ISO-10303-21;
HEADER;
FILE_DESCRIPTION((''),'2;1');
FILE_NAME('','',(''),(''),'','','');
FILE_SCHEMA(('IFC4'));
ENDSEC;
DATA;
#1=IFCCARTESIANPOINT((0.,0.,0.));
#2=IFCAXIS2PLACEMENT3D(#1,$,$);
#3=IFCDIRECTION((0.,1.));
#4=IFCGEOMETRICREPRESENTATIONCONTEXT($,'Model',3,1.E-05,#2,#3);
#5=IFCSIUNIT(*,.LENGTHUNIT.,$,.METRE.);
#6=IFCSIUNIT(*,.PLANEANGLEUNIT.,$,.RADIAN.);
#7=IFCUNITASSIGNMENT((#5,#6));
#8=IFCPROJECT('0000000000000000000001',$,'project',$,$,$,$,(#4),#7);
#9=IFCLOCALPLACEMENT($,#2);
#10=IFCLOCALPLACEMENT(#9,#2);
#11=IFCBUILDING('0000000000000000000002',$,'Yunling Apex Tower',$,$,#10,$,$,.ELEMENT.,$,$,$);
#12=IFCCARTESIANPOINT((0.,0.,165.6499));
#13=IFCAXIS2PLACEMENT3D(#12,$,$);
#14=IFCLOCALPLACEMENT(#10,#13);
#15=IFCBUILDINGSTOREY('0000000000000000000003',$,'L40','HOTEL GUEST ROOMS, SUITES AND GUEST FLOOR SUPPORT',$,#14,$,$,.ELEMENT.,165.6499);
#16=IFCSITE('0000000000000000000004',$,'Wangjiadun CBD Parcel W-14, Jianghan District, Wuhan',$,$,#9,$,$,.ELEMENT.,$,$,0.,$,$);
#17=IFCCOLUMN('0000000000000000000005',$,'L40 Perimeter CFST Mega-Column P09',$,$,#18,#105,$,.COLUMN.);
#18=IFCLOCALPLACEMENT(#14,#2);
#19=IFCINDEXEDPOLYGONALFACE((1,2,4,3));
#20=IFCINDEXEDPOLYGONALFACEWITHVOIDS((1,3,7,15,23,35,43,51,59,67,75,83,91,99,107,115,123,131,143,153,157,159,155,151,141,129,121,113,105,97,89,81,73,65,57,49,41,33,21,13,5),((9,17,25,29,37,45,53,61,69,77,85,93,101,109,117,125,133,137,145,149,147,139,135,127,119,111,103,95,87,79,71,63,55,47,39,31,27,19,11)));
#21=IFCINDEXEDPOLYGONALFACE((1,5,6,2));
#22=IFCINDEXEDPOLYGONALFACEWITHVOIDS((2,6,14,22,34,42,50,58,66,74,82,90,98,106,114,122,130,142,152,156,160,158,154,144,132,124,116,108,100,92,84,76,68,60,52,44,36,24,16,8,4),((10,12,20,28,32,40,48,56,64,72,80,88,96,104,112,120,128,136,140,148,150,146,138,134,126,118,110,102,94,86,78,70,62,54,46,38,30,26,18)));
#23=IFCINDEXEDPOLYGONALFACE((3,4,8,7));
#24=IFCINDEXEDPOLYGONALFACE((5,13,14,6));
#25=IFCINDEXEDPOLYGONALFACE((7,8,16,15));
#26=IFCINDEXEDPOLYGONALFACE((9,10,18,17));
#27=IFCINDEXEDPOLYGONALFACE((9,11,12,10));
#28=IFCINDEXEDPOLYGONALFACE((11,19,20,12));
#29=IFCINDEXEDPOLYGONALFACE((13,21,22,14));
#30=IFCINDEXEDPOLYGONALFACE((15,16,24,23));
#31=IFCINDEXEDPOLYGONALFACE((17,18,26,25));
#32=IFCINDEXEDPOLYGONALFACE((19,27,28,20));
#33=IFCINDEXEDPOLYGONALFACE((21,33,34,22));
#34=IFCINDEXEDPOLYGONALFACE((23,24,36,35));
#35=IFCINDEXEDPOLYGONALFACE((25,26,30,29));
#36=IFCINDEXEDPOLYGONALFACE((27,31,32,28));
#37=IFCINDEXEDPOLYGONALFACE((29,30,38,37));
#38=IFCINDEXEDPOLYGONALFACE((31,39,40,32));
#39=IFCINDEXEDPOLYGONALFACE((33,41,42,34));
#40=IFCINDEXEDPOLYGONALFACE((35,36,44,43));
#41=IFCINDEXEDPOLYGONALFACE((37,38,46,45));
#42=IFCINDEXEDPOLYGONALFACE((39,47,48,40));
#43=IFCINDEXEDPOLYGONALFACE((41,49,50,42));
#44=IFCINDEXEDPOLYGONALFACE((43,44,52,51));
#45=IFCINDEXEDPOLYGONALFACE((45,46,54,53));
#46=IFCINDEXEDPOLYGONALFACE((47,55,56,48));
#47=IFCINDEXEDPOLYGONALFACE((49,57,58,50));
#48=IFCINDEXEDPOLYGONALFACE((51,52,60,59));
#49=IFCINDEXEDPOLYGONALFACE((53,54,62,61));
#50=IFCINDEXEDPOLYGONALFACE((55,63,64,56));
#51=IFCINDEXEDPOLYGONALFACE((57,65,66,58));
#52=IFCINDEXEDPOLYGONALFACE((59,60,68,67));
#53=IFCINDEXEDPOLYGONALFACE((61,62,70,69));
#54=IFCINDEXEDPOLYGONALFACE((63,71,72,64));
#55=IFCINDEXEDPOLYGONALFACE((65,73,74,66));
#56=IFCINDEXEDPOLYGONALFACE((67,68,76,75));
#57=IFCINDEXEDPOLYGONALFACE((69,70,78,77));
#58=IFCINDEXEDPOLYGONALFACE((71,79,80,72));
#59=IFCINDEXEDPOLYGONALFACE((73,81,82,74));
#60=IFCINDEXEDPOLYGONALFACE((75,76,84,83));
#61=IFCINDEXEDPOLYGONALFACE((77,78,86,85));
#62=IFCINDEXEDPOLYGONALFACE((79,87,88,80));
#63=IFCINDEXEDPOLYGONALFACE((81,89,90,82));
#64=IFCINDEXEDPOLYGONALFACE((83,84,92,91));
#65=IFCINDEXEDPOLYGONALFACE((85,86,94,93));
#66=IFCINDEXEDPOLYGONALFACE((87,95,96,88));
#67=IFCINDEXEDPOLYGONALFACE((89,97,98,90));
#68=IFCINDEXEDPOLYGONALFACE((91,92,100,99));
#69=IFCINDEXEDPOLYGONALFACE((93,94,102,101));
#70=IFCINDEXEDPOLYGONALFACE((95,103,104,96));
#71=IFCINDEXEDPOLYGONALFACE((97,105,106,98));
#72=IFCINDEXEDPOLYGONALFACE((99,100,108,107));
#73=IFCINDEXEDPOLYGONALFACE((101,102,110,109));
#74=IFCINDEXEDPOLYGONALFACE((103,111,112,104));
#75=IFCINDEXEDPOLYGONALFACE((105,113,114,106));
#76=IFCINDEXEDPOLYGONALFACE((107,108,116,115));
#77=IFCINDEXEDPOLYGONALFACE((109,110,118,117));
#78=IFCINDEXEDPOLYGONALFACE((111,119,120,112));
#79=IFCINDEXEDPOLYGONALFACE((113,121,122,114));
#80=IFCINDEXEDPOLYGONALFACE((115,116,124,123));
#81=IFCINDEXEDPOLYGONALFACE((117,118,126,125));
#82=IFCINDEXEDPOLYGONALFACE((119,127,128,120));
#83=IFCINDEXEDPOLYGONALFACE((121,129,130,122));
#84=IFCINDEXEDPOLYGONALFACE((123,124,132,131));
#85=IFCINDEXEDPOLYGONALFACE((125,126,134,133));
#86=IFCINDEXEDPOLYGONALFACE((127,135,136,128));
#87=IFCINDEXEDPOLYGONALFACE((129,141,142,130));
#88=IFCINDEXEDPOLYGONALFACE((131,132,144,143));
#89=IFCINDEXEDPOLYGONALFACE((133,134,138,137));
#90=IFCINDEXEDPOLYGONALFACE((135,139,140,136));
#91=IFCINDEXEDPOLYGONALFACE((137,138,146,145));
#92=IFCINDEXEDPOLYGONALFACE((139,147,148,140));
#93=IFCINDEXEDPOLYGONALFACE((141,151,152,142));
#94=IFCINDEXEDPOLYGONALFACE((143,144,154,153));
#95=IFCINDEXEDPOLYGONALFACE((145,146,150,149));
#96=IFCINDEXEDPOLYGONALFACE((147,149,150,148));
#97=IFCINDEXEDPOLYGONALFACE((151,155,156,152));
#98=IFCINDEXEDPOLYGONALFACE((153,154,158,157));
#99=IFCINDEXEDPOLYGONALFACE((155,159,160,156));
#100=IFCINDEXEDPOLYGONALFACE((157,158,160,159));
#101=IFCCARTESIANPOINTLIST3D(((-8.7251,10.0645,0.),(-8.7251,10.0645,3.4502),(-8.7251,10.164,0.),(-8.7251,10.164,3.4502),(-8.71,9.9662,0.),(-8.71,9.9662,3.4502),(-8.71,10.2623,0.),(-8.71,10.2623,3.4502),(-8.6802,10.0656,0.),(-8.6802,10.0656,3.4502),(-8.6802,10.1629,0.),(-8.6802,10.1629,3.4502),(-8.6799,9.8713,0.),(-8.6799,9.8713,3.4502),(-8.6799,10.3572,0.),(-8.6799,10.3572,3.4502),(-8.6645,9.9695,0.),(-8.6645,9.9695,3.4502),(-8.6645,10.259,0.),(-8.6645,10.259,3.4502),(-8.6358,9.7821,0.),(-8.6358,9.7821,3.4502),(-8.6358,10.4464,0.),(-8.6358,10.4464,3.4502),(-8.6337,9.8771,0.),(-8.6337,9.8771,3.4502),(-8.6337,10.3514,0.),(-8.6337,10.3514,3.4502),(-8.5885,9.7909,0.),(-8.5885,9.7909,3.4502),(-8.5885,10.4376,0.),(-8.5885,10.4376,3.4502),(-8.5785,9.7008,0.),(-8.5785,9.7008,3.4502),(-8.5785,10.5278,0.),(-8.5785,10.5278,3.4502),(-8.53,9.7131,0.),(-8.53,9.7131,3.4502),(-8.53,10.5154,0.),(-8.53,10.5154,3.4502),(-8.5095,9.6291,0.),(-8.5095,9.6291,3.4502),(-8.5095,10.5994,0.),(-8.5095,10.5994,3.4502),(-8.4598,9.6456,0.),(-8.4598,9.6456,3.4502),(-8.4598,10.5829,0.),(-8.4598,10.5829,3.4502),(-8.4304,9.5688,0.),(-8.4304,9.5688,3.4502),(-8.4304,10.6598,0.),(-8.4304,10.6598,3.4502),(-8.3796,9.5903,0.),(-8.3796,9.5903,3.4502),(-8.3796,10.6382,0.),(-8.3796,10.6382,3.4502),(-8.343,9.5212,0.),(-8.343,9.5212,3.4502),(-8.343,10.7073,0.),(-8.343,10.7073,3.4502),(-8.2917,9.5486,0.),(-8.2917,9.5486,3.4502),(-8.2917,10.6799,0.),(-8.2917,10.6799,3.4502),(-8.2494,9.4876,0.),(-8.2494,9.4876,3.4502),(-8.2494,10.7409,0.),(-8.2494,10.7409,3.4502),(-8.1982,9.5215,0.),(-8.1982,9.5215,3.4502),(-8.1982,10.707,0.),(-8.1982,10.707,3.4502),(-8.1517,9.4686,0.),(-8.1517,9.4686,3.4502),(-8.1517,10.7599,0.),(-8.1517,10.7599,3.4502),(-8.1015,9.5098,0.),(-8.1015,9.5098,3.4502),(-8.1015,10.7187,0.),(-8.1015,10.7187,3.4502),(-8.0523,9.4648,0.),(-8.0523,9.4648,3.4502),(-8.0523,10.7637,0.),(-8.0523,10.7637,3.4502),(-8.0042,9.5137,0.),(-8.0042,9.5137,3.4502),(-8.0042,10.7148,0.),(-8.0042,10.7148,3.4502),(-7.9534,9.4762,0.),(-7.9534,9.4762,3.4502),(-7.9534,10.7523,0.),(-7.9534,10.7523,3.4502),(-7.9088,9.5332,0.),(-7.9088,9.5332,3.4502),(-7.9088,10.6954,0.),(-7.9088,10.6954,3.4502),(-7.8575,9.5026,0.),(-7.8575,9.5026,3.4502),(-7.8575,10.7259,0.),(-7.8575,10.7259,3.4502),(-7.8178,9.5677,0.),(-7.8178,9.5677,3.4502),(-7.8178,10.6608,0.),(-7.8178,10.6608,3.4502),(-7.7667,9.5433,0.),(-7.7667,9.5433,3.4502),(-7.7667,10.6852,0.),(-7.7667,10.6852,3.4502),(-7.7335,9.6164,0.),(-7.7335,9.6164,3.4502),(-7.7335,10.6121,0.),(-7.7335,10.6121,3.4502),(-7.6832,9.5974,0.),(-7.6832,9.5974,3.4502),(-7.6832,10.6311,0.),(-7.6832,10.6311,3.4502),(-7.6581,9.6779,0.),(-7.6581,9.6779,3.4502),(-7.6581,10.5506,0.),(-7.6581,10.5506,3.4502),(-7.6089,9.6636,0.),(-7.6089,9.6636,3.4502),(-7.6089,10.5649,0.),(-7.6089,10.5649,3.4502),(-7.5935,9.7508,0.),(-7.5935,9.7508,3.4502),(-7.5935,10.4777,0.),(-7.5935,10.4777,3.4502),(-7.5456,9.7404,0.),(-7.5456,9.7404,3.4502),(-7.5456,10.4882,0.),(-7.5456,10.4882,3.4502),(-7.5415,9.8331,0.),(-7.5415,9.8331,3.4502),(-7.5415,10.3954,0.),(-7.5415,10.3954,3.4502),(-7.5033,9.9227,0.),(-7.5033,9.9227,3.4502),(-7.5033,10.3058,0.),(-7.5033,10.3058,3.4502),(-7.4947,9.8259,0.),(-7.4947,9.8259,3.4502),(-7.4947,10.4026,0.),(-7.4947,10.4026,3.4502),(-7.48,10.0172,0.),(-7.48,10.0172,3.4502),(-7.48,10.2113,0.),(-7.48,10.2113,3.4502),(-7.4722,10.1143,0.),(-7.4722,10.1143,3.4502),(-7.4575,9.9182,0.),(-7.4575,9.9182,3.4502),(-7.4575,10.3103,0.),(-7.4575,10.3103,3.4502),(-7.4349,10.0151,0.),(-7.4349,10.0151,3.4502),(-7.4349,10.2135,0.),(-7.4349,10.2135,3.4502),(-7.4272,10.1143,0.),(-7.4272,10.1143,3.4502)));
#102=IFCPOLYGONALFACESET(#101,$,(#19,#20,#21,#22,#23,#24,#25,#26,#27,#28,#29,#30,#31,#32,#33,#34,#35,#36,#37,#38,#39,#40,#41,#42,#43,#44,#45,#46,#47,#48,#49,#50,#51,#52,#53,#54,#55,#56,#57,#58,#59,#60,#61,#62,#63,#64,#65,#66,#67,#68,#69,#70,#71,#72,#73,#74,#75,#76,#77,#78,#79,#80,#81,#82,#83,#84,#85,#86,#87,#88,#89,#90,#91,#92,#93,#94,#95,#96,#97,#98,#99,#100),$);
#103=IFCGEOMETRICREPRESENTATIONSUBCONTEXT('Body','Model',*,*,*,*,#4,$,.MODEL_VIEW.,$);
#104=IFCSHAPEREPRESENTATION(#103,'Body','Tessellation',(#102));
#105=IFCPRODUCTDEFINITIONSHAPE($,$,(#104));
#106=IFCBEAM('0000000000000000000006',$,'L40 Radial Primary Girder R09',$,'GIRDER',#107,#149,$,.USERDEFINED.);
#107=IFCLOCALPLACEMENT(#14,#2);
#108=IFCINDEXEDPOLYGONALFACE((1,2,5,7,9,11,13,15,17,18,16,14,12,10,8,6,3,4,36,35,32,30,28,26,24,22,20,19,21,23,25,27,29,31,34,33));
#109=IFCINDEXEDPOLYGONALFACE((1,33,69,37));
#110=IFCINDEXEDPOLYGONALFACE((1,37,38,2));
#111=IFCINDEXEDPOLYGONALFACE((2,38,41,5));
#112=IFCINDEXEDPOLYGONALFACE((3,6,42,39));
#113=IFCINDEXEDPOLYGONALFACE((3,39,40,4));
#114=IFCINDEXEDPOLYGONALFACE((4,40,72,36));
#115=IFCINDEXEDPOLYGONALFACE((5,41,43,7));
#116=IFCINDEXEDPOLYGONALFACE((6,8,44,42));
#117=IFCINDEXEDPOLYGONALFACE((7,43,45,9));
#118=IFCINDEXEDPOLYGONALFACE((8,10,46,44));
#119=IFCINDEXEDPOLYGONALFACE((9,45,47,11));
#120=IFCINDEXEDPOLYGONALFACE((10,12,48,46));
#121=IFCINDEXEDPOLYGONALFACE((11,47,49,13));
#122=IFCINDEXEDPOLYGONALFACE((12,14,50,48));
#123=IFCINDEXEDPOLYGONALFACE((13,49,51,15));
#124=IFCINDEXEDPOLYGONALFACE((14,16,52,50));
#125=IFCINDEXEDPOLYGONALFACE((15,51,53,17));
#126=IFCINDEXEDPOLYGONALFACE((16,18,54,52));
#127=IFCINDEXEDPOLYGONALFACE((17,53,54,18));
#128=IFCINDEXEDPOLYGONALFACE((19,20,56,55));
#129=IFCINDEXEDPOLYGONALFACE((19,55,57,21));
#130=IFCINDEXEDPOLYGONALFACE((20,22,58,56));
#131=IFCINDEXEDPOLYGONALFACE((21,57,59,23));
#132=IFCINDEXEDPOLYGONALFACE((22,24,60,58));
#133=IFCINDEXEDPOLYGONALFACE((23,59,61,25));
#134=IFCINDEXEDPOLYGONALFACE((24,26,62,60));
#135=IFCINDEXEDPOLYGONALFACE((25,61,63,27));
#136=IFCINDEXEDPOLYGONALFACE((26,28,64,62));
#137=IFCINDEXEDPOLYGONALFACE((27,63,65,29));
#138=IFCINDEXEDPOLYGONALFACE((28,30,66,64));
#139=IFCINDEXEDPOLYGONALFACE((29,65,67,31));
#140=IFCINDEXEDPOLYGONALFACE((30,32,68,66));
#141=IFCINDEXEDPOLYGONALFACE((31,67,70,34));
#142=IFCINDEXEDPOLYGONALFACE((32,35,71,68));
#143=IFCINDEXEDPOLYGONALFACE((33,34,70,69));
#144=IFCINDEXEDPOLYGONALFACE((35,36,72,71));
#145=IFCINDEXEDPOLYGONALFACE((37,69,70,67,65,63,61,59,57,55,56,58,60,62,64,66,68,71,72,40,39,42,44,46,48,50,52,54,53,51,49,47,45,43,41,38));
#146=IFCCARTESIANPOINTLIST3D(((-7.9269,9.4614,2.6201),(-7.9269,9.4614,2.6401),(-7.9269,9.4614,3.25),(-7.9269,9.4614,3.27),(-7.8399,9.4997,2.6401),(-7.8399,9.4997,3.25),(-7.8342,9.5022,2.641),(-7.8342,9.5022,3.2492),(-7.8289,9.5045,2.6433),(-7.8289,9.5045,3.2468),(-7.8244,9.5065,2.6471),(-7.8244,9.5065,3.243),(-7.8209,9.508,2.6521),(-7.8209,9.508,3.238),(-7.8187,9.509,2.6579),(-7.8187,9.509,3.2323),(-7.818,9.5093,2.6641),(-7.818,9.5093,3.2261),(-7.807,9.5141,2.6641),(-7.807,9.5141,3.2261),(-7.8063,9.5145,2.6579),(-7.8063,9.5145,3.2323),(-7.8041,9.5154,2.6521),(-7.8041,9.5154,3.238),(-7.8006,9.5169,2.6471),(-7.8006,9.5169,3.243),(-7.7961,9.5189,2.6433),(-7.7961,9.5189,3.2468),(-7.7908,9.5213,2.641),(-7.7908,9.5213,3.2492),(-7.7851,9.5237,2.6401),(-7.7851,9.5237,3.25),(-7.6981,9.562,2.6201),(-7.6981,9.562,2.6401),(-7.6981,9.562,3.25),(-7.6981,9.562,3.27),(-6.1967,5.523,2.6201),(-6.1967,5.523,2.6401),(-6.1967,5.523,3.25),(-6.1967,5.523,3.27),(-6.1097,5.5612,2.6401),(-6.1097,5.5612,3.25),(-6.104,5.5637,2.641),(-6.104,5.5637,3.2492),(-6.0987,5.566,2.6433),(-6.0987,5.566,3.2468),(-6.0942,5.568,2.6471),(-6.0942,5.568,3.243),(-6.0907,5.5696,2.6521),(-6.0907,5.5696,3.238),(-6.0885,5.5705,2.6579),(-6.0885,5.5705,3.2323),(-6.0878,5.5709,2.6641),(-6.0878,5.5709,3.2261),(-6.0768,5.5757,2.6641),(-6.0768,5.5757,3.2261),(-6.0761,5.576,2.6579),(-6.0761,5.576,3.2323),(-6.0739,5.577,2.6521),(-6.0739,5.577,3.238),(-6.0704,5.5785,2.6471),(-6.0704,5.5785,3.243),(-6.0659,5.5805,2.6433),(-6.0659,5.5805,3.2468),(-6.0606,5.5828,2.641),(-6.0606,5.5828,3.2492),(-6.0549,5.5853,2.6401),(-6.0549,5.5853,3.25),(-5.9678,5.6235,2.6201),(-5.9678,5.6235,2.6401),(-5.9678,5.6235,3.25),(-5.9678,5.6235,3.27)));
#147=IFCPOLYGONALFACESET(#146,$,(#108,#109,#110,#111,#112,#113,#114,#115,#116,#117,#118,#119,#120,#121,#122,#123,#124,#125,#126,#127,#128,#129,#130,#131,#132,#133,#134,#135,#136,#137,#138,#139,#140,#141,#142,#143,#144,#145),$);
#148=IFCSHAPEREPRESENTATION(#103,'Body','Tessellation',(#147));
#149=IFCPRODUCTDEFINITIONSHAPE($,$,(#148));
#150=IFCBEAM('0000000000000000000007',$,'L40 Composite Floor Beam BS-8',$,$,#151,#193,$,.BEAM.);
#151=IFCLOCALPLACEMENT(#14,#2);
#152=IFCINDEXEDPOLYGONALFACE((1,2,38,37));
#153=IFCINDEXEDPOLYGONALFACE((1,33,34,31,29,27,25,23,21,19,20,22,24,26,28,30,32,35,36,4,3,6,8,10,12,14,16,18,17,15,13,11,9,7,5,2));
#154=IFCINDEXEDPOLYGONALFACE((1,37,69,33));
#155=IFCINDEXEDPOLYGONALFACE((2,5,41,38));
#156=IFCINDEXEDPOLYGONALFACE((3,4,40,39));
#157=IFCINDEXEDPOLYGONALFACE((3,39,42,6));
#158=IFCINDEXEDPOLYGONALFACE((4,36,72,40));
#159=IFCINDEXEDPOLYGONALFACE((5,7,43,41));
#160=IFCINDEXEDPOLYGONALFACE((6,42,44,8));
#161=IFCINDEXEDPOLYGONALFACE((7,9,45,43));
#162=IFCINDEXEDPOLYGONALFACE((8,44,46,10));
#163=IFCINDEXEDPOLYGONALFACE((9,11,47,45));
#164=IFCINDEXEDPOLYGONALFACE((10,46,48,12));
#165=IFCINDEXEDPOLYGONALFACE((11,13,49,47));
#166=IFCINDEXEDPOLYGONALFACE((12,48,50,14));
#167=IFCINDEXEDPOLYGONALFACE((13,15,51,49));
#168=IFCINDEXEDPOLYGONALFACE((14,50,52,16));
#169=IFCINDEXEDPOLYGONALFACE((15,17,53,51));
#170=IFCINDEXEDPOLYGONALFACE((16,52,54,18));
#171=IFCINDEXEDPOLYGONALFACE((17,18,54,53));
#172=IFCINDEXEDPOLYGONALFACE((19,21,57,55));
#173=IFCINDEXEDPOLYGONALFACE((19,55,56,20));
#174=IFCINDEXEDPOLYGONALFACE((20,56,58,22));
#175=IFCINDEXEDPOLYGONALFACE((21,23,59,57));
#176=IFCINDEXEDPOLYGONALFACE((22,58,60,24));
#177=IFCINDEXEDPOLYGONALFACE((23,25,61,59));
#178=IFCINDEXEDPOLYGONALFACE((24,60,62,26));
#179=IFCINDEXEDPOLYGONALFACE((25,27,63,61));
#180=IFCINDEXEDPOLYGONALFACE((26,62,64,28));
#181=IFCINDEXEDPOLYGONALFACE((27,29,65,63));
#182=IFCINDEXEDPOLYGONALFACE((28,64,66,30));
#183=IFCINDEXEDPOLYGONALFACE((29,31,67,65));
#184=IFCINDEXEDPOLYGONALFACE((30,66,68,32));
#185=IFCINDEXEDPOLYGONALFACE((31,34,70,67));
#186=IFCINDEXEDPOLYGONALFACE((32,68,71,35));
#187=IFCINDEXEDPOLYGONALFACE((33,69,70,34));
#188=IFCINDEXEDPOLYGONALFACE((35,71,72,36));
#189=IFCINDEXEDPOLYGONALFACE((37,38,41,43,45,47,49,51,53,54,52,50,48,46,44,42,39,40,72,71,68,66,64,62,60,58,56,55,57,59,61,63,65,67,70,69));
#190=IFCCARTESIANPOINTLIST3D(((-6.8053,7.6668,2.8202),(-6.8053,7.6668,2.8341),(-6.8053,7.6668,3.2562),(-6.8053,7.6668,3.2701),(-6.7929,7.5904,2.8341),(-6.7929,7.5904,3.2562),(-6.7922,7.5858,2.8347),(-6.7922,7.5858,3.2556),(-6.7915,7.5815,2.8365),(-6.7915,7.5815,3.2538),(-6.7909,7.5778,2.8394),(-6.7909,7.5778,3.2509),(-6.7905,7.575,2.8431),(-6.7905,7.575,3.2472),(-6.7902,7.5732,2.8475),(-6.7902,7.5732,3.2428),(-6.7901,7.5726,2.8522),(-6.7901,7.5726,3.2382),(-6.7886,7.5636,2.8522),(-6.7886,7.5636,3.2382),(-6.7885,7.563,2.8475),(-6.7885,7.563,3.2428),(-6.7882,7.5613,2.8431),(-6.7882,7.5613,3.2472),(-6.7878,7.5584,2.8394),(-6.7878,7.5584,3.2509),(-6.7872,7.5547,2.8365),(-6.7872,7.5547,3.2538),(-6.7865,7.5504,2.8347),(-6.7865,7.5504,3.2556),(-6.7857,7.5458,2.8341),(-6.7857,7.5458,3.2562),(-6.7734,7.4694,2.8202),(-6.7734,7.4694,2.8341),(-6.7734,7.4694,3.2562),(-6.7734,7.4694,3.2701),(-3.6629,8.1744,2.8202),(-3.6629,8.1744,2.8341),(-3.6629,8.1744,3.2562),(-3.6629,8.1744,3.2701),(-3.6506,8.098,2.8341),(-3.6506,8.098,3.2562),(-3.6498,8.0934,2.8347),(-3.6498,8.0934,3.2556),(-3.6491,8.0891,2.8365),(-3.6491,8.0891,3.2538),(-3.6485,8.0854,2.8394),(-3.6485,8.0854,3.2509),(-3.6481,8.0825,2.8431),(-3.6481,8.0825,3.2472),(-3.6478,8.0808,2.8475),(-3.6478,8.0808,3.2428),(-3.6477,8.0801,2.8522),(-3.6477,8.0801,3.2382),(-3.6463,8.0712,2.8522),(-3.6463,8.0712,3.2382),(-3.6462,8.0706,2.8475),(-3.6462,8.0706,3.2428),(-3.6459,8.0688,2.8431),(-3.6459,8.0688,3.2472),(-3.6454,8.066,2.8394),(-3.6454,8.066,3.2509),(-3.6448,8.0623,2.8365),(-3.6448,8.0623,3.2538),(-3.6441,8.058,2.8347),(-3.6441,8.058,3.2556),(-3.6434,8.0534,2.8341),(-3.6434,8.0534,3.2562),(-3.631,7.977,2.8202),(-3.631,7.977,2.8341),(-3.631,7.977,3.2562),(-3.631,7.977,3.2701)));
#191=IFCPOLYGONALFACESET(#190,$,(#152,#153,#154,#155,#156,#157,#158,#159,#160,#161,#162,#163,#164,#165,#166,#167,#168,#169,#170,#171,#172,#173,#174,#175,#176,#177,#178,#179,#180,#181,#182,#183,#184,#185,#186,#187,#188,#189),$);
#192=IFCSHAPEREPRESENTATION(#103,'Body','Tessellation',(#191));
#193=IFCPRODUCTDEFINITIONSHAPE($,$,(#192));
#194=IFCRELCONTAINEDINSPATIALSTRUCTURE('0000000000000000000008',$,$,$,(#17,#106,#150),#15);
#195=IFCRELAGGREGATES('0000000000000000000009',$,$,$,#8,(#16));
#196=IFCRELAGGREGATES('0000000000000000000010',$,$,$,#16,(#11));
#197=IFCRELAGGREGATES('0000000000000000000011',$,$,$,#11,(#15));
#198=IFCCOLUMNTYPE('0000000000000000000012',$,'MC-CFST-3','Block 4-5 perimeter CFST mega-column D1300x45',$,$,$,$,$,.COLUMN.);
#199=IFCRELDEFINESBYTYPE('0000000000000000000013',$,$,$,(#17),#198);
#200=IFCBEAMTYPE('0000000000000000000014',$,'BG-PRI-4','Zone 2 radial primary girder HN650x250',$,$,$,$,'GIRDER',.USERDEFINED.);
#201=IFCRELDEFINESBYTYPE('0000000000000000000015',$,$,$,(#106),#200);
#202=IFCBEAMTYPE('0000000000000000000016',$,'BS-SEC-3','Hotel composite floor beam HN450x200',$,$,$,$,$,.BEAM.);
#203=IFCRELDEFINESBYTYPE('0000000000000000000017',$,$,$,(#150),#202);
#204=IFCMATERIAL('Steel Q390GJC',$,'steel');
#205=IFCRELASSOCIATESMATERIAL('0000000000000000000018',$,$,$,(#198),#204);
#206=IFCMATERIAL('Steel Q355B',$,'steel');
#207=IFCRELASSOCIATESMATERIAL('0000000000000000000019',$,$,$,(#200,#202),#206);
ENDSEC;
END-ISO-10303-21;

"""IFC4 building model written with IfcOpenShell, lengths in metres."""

from ifc_helpers import new_model, si_unit, direction, frame, origin, origin_2d, place, context, subcontext, project, spatial, hollow_circle, i_section, extrude, source, transform, mapped, material, material_profile, profile_set, type_object, element, save


model = new_model("IFC4")

# Units and contexts
model_context = context("Model", 3, precision=1e-05, world=origin(), true_north=direction((0.0, 1.0)))
body_context = subcontext(model_context, "Body", "Model", "MODEL_VIEW")
ifc_project = project(units=[si_unit("LENGTHUNIT", "METRE"), si_unit("PLANEANGLEUNIT", "RADIAN")], contexts=[model_context])

# Site, building, storey
site_placement = place(None, origin())
site = spatial("IfcSite", under=ifc_project, at=site_placement, Name="Wangjiadun CBD Parcel W-14, Jianghan District, Wuhan", CompositionType="ELEMENT", RefElevation=0.0)
building_placement = place(site_placement, origin())
building = spatial("IfcBuilding", under=site, at=building_placement, Name="Yunling Apex Tower", CompositionType="ELEMENT")
storey_placement = place(building_placement, frame((0.0, 0.0, 165.6499)))
storey = spatial("IfcBuildingStorey", under=building, at=storey_placement, Name="L40", Description="HOTEL GUEST ROOMS, SUITES AND GUEST FLOOR SUPPORT", CompositionType="ELEMENT", Elevation=165.6499)

# Column
ifc_material_1 = material(Name="Steel Q390GJC", Category="steel")
ifc_material_profile_1 = material_profile(ifc_material_1, hollow_circle(Radius=0.6499, WallThickness=0.0449, at=origin_2d()))
ifc_profile_set_1 = profile_set([ifc_material_profile_1], Name="Steel Q390GJC")
column_type = type_object("IfcColumnType", Name="MC-CFST-3", Description="Block 4-5 perimeter CFST mega-column D1300x45", PredefinedType="COLUMN", material=ifc_profile_set_1)
shared_shape_1 = source(origin(), body_context, "Body", "SweptSolid", [
    extrude(hollow_circle(Radius=0.6499, WallThickness=0.0449, at=origin_2d()), origin(), (0.0, 0.0, 1.0), 3.4502),
])
column_placement = place(storey_placement, frame((-8.0771, 10.1143, 0.0), z_axis=(0.0, 0.0, 1.0), x_axis=(1.0, 0.0, 0.0)))
element("IfcColumn", 1, at=column_placement, inside=storey, type_object=column_type, Name="L40 Perimeter CFST Mega-Column P09", PredefinedType="COLUMN", context=body_context, shape_type="MappedRepresentation", body=[
    mapped(shared_shape_1, transform((0.0, 0.0, 0.0), scale=1.0)),
])

# Beams
ifc_material_2 = material(Name="Steel Q355B", Category="steel")
ifc_material_profile_2 = material_profile(ifc_material_2, i_section(OverallWidth=0.25, OverallDepth=0.6499, WebThickness=0.012, FlangeThickness=0.02, FilletRadius=0.0239, at=origin_2d()))
ifc_profile_set_2 = profile_set([ifc_material_profile_2], Name="Steel Q355B")
beam_type_1 = type_object("IfcBeamType", Name="BG-PRI-4", Description="Zone 2 radial primary girder HN650x250", ElementType="GIRDER", PredefinedType="USERDEFINED", material=ifc_profile_set_2)
shared_shape_2 = source(origin(), body_context, "Body", "SweptSolid", [
    extrude(i_section(OverallWidth=0.25, OverallDepth=0.6499, WebThickness=0.012, FlangeThickness=0.02, FilletRadius=0.0239, at=origin_2d()), origin(), (0.0, 0.0, 1.0), 4.3018),
])
beam_1_placement = place(storey_placement, frame((-7.8125, 9.5117, 2.9451), z_axis=(0.402212, -0.915547, 0.0), x_axis=(0.915547, 0.402212, 0.0)))
element("IfcBeam", 2, at=beam_1_placement, inside=storey, type_object=beam_type_1, Name="L40 Radial Primary Girder R09", ObjectType="GIRDER", PredefinedType="USERDEFINED", context=body_context, shape_type="MappedRepresentation", body=[
    mapped(shared_shape_2, transform((0.0, 0.0, 0.0), scale=1.0)),
])
ifc_material_profile_3 = material_profile(ifc_material_2, i_section(OverallWidth=0.2, OverallDepth=0.45, WebThickness=0.009, FlangeThickness=0.0139, FilletRadius=0.0181, at=origin_2d()))
ifc_profile_set_3 = profile_set([ifc_material_profile_3], Name="Steel Q355B")
beam_type_2 = type_object("IfcBeamType", Name="BS-SEC-3", Description="Hotel composite floor beam HN450x200", PredefinedType="BEAM", material=ifc_profile_set_3)
shared_shape_3 = source(origin(), body_context, "Body", "SweptSolid", [
    extrude(i_section(OverallWidth=0.2, OverallDepth=0.45, WebThickness=0.009, FlangeThickness=0.0139, FilletRadius=0.0181, at=origin_2d()), origin(), (0.0, 0.0, 1.0), 3.1831),
])
beam_2_placement = place(storey_placement, frame((-3.647, 8.0757, 3.0452), z_axis=(-0.987205, -0.159459, 0.0), x_axis=(0.159459, -0.987205, 0.0)))
element("IfcBeam", 3, at=beam_2_placement, inside=storey, type_object=beam_type_2, Name="L40 Composite Floor Beam BS-8", PredefinedType="BEAM", context=body_context, shape_type="MappedRepresentation", body=[
    mapped(shared_shape_3, transform((0.0, 0.0, 0.0), scale=1.0)),
])

save(model, "model.ifc")
